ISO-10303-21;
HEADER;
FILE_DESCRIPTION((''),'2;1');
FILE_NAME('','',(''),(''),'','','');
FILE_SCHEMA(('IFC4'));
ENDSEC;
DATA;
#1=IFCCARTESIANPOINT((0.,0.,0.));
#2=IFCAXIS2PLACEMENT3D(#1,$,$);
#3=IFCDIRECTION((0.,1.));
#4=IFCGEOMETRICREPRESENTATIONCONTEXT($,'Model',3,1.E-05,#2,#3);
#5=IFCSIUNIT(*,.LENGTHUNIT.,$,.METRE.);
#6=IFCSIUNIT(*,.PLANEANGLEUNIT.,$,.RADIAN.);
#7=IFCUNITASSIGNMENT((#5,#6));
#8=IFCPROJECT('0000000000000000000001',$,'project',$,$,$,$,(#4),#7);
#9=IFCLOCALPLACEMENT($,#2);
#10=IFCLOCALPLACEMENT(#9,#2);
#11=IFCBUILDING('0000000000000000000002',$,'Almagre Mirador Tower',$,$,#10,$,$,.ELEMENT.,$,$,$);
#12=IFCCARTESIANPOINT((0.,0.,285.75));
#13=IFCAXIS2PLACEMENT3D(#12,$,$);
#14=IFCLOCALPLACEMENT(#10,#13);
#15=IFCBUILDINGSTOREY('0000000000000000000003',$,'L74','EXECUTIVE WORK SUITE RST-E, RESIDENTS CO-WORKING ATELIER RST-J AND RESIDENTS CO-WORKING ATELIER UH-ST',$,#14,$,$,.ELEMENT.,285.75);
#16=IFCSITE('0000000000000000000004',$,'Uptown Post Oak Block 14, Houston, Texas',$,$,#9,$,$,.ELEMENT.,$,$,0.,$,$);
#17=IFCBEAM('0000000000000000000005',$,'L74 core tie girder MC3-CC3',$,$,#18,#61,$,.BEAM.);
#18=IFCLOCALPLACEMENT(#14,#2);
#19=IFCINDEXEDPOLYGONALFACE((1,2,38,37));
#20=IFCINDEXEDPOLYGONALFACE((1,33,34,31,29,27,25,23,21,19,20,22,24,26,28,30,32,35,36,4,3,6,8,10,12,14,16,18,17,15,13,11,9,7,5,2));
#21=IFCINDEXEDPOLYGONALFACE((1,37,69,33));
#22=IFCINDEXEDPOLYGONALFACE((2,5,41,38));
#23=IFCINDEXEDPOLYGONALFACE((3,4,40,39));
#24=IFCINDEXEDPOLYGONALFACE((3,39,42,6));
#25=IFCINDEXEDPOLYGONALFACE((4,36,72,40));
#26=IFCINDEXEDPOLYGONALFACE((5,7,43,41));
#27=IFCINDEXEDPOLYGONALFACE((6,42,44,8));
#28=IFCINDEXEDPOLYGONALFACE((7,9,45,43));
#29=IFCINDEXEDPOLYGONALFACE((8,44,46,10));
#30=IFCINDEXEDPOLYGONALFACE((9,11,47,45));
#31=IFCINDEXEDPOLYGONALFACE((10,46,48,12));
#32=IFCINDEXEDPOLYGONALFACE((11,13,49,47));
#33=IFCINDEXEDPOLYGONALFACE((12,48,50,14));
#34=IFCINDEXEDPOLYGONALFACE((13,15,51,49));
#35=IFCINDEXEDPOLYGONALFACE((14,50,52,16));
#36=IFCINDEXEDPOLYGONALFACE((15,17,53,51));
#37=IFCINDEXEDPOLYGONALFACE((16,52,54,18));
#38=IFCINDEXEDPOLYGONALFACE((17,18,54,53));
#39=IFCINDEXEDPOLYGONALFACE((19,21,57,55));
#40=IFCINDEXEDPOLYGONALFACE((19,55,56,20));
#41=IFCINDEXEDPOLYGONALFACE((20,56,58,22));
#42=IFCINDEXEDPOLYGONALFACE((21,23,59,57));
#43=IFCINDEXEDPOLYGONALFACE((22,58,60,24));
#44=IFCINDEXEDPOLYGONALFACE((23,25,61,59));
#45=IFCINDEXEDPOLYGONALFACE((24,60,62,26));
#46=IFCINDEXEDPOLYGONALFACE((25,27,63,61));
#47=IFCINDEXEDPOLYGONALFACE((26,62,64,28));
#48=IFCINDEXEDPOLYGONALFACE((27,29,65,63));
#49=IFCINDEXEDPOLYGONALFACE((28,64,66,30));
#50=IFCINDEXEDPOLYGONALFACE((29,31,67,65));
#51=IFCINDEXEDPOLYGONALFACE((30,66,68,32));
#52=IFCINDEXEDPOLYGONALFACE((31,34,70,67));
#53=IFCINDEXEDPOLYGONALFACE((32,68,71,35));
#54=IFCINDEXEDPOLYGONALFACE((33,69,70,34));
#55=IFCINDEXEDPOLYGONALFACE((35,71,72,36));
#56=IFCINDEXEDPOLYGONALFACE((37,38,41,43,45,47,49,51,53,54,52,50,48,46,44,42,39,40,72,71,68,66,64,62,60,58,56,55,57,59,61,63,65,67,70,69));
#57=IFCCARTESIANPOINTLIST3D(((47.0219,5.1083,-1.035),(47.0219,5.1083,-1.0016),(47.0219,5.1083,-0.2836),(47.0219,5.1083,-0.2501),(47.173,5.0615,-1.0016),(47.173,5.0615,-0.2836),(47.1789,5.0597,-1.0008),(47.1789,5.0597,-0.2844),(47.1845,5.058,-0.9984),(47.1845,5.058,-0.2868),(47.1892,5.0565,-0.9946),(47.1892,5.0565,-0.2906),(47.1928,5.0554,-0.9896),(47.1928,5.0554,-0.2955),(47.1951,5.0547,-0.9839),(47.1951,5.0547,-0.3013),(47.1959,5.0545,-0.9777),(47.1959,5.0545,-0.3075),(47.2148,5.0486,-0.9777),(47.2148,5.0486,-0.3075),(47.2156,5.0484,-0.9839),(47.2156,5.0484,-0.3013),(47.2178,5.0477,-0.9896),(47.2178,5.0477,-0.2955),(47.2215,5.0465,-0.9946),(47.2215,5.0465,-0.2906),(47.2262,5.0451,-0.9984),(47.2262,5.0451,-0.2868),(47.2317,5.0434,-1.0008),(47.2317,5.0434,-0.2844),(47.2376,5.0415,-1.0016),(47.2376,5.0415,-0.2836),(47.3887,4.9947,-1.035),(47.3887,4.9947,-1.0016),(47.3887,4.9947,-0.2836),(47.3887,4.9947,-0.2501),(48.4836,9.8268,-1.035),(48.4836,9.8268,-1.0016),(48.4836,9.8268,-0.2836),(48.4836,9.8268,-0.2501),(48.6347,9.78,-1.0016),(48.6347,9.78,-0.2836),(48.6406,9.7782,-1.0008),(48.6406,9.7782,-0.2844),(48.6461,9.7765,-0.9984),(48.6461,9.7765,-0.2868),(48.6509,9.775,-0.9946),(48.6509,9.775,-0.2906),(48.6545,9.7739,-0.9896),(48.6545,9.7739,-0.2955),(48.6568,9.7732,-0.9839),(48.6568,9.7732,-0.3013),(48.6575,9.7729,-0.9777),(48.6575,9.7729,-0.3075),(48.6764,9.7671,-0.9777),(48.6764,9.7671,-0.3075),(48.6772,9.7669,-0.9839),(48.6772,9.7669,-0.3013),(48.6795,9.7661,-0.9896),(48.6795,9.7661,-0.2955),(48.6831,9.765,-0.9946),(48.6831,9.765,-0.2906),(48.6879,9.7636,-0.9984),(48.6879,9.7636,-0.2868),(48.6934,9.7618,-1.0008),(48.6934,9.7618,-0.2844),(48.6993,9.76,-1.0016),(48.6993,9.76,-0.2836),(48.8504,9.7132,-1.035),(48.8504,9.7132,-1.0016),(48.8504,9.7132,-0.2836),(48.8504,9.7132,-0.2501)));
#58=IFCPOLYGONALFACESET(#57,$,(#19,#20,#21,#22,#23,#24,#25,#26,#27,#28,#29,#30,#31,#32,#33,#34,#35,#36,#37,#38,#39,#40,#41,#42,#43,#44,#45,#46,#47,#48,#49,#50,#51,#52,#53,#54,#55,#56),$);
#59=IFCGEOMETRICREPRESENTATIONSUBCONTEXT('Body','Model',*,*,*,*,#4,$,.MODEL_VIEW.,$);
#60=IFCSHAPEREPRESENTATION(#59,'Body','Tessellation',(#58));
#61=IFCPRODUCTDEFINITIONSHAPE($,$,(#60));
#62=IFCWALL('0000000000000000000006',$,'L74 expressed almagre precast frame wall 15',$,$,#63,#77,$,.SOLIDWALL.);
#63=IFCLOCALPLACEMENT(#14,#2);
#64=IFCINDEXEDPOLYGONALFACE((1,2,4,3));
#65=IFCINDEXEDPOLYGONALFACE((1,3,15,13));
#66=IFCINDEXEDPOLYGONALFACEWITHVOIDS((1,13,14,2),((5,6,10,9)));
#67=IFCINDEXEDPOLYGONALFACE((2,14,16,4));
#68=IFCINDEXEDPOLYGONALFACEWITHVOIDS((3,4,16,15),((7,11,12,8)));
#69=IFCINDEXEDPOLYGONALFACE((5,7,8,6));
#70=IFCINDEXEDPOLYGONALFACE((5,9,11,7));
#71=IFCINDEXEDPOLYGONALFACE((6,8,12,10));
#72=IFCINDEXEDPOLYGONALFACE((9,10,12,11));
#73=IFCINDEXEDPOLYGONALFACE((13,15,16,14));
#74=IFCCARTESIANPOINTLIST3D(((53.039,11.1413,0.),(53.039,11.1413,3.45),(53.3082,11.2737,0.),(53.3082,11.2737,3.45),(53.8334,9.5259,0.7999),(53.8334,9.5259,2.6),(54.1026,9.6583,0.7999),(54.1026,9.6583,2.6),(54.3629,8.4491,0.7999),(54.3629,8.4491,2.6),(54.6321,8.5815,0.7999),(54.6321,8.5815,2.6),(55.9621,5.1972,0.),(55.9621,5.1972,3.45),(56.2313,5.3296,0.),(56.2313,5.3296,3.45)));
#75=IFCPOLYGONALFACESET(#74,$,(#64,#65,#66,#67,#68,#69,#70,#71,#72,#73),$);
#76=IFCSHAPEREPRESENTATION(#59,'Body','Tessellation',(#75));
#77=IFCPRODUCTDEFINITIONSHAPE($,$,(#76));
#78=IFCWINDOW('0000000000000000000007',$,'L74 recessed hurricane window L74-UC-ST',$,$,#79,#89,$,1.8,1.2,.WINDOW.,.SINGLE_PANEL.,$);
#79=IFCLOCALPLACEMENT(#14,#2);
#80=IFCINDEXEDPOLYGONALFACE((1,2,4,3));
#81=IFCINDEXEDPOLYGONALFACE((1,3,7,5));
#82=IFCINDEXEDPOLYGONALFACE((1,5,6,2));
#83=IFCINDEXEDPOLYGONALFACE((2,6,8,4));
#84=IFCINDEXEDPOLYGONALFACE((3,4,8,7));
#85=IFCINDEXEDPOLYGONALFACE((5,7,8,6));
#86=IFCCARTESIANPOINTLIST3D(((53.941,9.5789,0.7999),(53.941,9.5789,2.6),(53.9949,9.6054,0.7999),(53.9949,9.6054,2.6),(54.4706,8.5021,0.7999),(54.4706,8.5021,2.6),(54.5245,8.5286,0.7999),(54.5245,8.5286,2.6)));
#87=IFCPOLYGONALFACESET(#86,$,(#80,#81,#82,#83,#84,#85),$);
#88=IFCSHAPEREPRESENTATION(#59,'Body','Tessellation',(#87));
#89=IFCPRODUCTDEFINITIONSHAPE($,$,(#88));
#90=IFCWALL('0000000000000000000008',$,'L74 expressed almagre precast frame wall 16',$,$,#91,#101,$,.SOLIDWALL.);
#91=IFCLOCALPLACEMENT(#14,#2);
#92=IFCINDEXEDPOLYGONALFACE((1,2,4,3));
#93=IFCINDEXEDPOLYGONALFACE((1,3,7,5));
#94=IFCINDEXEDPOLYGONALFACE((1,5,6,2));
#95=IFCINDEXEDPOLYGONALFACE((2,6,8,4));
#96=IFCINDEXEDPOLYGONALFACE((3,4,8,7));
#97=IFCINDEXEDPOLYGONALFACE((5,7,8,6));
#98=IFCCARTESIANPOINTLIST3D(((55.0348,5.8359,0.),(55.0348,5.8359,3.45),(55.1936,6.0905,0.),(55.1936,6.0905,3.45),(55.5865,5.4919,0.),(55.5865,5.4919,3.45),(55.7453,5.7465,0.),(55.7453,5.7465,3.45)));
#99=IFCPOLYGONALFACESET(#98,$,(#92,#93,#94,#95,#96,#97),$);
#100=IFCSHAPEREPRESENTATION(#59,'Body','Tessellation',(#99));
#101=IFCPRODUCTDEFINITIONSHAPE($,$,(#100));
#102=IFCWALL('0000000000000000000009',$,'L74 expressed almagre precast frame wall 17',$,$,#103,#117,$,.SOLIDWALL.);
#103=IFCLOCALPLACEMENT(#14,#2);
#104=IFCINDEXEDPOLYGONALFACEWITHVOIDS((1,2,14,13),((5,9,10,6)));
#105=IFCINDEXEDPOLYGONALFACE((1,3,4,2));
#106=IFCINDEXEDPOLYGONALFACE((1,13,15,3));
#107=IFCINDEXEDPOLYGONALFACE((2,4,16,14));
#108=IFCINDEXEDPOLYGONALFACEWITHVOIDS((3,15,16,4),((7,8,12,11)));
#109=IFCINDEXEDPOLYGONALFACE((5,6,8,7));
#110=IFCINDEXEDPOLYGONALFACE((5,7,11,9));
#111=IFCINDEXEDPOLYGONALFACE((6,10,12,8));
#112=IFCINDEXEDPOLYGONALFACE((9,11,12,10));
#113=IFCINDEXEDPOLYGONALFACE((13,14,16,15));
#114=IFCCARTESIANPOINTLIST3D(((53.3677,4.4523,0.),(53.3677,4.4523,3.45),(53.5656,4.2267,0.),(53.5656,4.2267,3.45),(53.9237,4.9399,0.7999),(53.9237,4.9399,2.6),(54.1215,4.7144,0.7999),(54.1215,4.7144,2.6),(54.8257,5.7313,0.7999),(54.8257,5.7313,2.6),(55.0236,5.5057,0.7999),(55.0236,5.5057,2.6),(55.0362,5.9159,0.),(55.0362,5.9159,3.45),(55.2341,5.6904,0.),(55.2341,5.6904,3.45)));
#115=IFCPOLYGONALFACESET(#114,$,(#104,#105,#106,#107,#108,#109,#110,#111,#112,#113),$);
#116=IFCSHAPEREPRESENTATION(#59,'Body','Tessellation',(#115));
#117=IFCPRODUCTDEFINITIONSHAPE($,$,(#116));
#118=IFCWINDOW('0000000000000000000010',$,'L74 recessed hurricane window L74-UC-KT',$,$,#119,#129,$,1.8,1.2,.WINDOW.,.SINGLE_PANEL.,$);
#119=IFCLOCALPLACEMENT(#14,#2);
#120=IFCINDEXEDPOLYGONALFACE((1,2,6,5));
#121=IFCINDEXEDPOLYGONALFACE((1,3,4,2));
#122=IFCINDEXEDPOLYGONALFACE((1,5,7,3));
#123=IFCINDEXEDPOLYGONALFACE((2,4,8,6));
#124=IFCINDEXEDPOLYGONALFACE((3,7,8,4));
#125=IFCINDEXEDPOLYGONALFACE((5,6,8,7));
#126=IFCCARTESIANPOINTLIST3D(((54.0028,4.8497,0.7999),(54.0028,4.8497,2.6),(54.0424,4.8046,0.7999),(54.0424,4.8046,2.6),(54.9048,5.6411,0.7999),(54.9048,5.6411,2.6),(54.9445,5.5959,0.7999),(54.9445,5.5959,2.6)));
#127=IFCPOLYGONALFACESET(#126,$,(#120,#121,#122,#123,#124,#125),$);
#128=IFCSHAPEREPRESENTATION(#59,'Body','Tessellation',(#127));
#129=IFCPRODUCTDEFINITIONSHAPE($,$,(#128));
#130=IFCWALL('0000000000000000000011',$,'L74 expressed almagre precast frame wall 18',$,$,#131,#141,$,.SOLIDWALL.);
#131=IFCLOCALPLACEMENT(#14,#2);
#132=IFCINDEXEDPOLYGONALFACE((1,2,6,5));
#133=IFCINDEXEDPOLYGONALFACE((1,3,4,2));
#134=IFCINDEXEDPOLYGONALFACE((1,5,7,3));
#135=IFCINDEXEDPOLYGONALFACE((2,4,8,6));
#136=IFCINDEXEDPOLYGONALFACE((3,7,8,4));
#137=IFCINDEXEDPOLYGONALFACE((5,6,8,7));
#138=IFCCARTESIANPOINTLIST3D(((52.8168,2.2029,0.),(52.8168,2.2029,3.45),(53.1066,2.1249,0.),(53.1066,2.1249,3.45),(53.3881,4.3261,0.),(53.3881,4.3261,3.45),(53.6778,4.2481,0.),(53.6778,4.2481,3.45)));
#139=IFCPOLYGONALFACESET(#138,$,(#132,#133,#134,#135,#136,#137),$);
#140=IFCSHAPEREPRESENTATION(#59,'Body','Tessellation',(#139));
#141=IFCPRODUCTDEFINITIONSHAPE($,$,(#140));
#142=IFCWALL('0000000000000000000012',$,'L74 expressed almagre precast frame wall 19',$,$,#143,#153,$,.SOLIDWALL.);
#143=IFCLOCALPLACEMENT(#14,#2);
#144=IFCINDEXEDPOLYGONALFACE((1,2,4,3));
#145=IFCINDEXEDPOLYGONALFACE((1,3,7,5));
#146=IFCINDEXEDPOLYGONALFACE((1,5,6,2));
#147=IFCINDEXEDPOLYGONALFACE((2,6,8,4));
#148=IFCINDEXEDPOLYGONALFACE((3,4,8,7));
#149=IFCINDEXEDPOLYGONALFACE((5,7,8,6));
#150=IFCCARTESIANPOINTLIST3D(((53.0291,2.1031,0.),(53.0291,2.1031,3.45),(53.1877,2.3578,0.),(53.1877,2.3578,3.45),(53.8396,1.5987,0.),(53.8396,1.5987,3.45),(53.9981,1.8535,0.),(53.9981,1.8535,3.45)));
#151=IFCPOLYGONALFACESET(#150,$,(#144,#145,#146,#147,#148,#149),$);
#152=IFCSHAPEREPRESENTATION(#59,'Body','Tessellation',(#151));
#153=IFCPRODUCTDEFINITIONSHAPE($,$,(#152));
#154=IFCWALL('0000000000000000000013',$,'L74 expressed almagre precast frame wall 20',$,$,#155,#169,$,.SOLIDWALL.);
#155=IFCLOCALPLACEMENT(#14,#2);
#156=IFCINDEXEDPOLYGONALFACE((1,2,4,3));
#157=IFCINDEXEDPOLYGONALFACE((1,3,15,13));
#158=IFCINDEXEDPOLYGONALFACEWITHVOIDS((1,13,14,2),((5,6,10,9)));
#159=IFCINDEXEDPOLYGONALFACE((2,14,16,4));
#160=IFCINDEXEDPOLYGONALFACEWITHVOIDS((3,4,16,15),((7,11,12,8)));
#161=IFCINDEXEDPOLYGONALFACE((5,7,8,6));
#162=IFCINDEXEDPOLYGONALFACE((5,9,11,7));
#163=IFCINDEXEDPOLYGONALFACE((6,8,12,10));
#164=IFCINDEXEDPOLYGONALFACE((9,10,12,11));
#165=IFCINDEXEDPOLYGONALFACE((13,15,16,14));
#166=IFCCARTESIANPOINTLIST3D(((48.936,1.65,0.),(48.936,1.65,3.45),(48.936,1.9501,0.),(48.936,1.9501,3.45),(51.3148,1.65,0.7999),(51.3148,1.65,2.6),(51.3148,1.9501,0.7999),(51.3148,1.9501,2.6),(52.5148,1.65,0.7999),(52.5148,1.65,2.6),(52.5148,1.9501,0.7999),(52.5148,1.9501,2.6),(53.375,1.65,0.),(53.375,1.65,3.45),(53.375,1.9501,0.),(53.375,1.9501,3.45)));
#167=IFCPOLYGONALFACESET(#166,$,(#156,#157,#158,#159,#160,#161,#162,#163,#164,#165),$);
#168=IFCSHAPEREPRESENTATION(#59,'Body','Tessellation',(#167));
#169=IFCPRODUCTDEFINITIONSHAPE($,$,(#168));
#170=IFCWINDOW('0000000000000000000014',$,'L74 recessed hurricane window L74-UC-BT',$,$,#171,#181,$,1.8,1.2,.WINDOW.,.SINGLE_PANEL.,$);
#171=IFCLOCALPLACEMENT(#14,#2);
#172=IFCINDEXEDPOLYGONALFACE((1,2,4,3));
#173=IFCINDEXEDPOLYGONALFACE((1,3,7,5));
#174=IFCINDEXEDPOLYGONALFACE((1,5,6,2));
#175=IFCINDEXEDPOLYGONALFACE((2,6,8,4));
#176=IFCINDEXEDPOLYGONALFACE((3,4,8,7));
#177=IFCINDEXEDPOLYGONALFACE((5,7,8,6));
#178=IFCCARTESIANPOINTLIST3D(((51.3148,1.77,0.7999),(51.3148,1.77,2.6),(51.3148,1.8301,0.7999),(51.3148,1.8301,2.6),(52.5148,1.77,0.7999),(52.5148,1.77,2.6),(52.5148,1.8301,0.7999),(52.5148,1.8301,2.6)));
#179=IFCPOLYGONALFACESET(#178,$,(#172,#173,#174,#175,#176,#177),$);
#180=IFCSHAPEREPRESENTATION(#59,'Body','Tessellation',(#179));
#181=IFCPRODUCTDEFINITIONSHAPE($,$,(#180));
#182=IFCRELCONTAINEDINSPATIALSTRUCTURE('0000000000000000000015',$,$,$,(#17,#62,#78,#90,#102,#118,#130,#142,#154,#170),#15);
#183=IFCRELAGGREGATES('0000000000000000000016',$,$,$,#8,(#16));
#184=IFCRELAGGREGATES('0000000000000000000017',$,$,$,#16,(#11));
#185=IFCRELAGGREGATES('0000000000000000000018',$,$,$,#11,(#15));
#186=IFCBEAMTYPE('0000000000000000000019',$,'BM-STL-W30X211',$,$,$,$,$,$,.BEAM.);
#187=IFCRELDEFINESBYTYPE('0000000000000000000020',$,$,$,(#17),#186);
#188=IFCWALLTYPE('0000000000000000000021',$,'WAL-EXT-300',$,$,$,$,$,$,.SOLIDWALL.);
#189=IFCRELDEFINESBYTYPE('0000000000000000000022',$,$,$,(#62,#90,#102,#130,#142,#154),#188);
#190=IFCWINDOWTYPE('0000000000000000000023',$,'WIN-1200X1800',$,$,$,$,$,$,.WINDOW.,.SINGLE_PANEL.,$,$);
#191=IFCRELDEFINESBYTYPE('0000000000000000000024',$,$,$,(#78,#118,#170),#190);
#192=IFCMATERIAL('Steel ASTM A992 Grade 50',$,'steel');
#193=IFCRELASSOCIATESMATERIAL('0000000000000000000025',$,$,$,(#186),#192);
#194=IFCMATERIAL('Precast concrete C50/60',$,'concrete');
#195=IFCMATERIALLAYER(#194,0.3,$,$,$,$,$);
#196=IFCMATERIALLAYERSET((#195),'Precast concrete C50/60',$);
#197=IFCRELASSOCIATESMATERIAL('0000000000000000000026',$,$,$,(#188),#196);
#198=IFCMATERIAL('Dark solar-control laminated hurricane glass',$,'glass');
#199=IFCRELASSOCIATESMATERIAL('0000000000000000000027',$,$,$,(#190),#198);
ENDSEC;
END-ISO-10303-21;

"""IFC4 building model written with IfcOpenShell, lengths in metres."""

from ifc_helpers import new_model, si_unit, direction, frame, frame_2d, origin, origin_2d, place, context, subcontext, project, spatial, rectangle, i_section, extrude, material, layer, layer_set, material_profile, profile_set, type_object, element, fill, save


model = new_model("IFC4")

# Units and contexts
model_context = context("Model", 3, precision=1e-05, world=origin(), true_north=direction((0.0, 1.0)))
body_context = subcontext(model_context, "Body", "Model", "MODEL_VIEW")
ifc_project = project(units=[si_unit("LENGTHUNIT", "METRE"), si_unit("PLANEANGLEUNIT", "RADIAN")], contexts=[model_context])

# Site, building, storey
site_placement = place(None, origin())
site = spatial("IfcSite", under=ifc_project, at=site_placement, Name="Uptown Post Oak Block 14, Houston, Texas", CompositionType="ELEMENT", RefElevation=0.0)
building_placement = place(site_placement, origin())
building = spatial("IfcBuilding", under=site, at=building_placement, Name="Almagre Mirador Tower", CompositionType="ELEMENT")
storey_placement = place(building_placement, frame((0.0, 0.0, 285.75)))
storey = spatial("IfcBuildingStorey", under=building, at=storey_placement, Name="L74", Description="EXECUTIVE WORK SUITE RST-E, RESIDENTS CO-WORKING ATELIER RST-J AND RESIDENTS CO-WORKING ATELIER UH-ST", CompositionType="ELEMENT", Elevation=285.75)

# Beam
ifc_material_1 = material(Name="Steel ASTM A992 Grade 50", Category="steel")
ifc_material_profile_1 = material_profile(ifc_material_1, i_section(OverallWidth=0.384, OverallDepth=0.7849, WebThickness=0.0198, FlangeThickness=0.0334, FilletRadius=0.0239, at=origin_2d()), Name="W30X211")
ifc_profile_set_1 = profile_set([ifc_material_profile_1], Name="Steel ASTM A992 Grade 50")
beam_type_1 = type_object("IfcBeamType", Name="BM-STL-W30X211", PredefinedType="BEAM", material=ifc_profile_set_1)
beam_1_placement = place(storey_placement, frame((48.667, 9.77, -0.6426), z_axis=(-0.295902, -0.955218, 0.0), x_axis=(0.955218, -0.295902, 0.0)))
element("IfcBeam", 1, at=beam_1_placement, inside=storey, type_object=beam_type_1, Name="L74 core tie girder MC3-CC3", PredefinedType="BEAM", context=body_context, shape_type="SweptSolid", body=[
    extrude(i_section(OverallWidth=0.384, OverallDepth=0.7849, WebThickness=0.0198, FlangeThickness=0.0334, FilletRadius=0.0239, at=origin_2d()), origin(), (0.0, 0.0, 1.0), 4.9397),
])

# Wall, opening, window
ifc_material_2 = material(Name="Precast concrete C50/60", Category="concrete")
ifc_layer_1 = layer(ifc_material_2, 0.3)
ifc_layer_set_1 = layer_set([ifc_layer_1], Name="Precast concrete C50/60")
wall_type_1 = type_object("IfcWallType", Name="WAL-EXT-300", PredefinedType="SOLIDWALL", material=ifc_layer_set_1)
wall_1_placement = place(storey_placement, frame((53.1736, 11.2075, 0.0), z_axis=(0.0, 0.0, 1.0), x_axis=(0.441292, -0.897364, 0.0)))
wall_1 = element("IfcWall", 2, at=wall_1_placement, inside=storey, type_object=wall_type_1, Name="L74 expressed almagre precast frame wall 15", PredefinedType="SOLIDWALL", context=body_context, shape_type="SweptSolid", body=[
    extrude(rectangle(XDim=6.624, YDim=0.3, at=frame_2d((3.312, 0.0))), origin(), (0.0, 0.0, 1.0), 3.45),
])
opening_1_placement = place(wall_1_placement, frame((1.8, 0.0, 0.8)))
opening_1 = element("IfcOpeningElement", 3, at=opening_1_placement, cuts=wall_1, PredefinedType="OPENING", context=body_context, shape_type="SweptSolid", body=[
    extrude(rectangle(XDim=1.2, YDim=1.8, at=frame_2d((0.6001, 0.8999))), frame((0.0, 0.1599, 0.0), z_axis=(0.0, -1.0, 0.0), x_axis=(1.0, 0.0, 0.0)), (0.0, 0.0, 1.0), 0.32),
])
ifc_material_3 = material(Name="Dark solar-control laminated hurricane glass", Category="glass")
window_type = type_object("IfcWindowType", Name="WIN-1200X1800", PartitioningType="SINGLE_PANEL", PredefinedType="WINDOW", material=ifc_material_3)
window_1_placement = place(opening_1_placement, origin())
window_1 = element("IfcWindow", 4, at=window_1_placement, inside=storey, type_object=window_type, Name="L74 recessed hurricane window L74-UC-ST", OverallHeight=1.8, OverallWidth=1.2, PartitioningType="SINGLE_PANEL", PredefinedType="WINDOW", context=body_context, shape_type="SweptSolid", body=[
    extrude(rectangle(XDim=1.2, YDim=1.8, at=frame_2d((0.6001, 0.8999))), frame((0.0, 0.03, 0.0), z_axis=(0.0, -1.0, 0.0), x_axis=(1.0, 0.0, 0.0)), (0.0, 0.0, 1.0), 0.0601),
])
fill(opening_1, window_1)

# Wall
wall_2_placement = place(storey_placement, frame((55.666, 5.6191, 0.0), z_axis=(0.0, 0.0, 1.0), x_axis=(-0.848588, 0.529054, 0.0)))
element("IfcWall", 5, at=wall_2_placement, inside=storey, type_object=wall_type_1, Name="L74 expressed almagre precast frame wall 16", PredefinedType="SOLIDWALL", context=body_context, shape_type="SweptSolid", body=[
    extrude(rectangle(XDim=0.6501, YDim=0.3, at=frame_2d((0.3252, 0.0))), origin(), (0.0, 0.0, 1.0), 3.45),
])

# Wall, opening, window
wall_3_placement = place(storey_placement, frame((55.1353, 5.8032, 0.0), z_axis=(0.0, 0.0, 1.0), x_axis=(-0.751745, -0.659454, 0.0)))
wall_3 = element("IfcWall", 6, at=wall_3_placement, inside=storey, type_object=wall_type_1, Name="L74 expressed almagre precast frame wall 17", PredefinedType="SOLIDWALL", context=body_context, shape_type="SweptSolid", body=[
    extrude(rectangle(XDim=2.2195, YDim=0.3, at=frame_2d((1.1099, 0.0))), origin(), (0.0, 0.0, 1.0), 3.45),
])
opening_2_placement = place(wall_3_placement, frame((0.28, 0.0, 0.8)))
opening_2 = element("IfcOpeningElement", 7, at=opening_2_placement, cuts=wall_3, PredefinedType="OPENING", context=body_context, shape_type="SweptSolid", body=[
    extrude(rectangle(XDim=1.2, YDim=1.8, at=frame_2d((0.6001, 0.8999))), frame((0.0, 0.1599, 0.0), z_axis=(0.0, -1.0, 0.0), x_axis=(1.0, 0.0, 0.0)), (0.0, 0.0, 1.0), 0.32),
])
window_2_placement = place(opening_2_placement, origin())
window_2 = element("IfcWindow", 8, at=window_2_placement, inside=storey, type_object=window_type, Name="L74 recessed hurricane window L74-UC-KT", OverallHeight=1.8, OverallWidth=1.2, PartitioningType="SINGLE_PANEL", PredefinedType="WINDOW", context=body_context, shape_type="SweptSolid", body=[
    extrude(rectangle(XDim=1.2, YDim=1.8, at=frame_2d((0.6001, 0.8999))), frame((0.0, 0.03, 0.0), z_axis=(0.0, -1.0, 0.0), x_axis=(1.0, 0.0, 0.0)), (0.0, 0.0, 1.0), 0.0601),
])
fill(opening_2, window_2)

# Walls
wall_4_placement = place(storey_placement, frame((53.533, 4.2871, 0.0), z_axis=(0.0, 0.0, 1.0), x_axis=(-0.259818, -0.965658, 0.0)))
element("IfcWall", 9, at=wall_4_placement, inside=storey, type_object=wall_type_1, Name="L74 expressed almagre precast frame wall 18", PredefinedType="SOLIDWALL", context=body_context, shape_type="SweptSolid", body=[
    extrude(rectangle(XDim=2.1987, YDim=0.3, at=frame_2d((1.0994, 0.0))), origin(), (0.0, 0.0, 1.0), 3.45),
])
wall_5_placement = place(storey_placement, frame((53.1084, 2.2305, 0.0), z_axis=(0.0, 0.0, 1.0), x_axis=(0.849031, -0.528343, 0.0)))
element("IfcWall", 10, at=wall_5_placement, inside=storey, type_object=wall_type_1, Name="L74 expressed almagre precast frame wall 19", PredefinedType="SOLIDWALL", context=body_context, shape_type="SweptSolid", body=[
    extrude(rectangle(XDim=0.9546, YDim=0.3, at=frame_2d((0.4773, 0.0))), origin(), (0.0, 0.0, 1.0), 3.45),
])

# Wall, opening, window
wall_6_placement = place(storey_placement, frame((53.375, 1.8, 0.0), z_axis=(0.0, 0.0, 1.0), x_axis=(-1.0, 0.0, 0.0)))
wall_6 = element("IfcWall", 11, at=wall_6_placement, inside=storey, type_object=wall_type_1, Name="L74 expressed almagre precast frame wall 20", PredefinedType="SOLIDWALL", context=body_context, shape_type="SweptSolid", body=[
    extrude(rectangle(XDim=4.439, YDim=0.3, at=frame_2d((2.2195, 0.0))), origin(), (0.0, 0.0, 1.0), 3.45),
])
opening_3_placement = place(wall_6_placement, frame((0.8601, 0.0, 0.8)))
opening_3 = element("IfcOpeningElement", 12, at=opening_3_placement, cuts=wall_6, PredefinedType="OPENING", context=body_context, shape_type="SweptSolid", body=[
    extrude(rectangle(XDim=1.2, YDim=1.8, at=frame_2d((0.6001, 0.8999))), frame((0.0, 0.1599, 0.0), z_axis=(0.0, -1.0, 0.0), x_axis=(1.0, 0.0, 0.0)), (0.0, 0.0, 1.0), 0.32),
])
window_3_placement = place(opening_3_placement, origin())
window_3 = element("IfcWindow", 13, at=window_3_placement, inside=storey, type_object=window_type, Name="L74 recessed hurricane window L74-UC-BT", OverallHeight=1.8, OverallWidth=1.2, PartitioningType="SINGLE_PANEL", PredefinedType="WINDOW", context=body_context, shape_type="SweptSolid", body=[
    extrude(rectangle(XDim=1.2, YDim=1.8, at=frame_2d((0.6001, 0.8999))), frame((0.0, 0.03, 0.0), z_axis=(0.0, -1.0, 0.0), x_axis=(1.0, 0.0, 0.0)), (0.0, 0.0, 1.0), 0.0601),
])
fill(opening_3, window_3)

save(model, "model.ifc")
